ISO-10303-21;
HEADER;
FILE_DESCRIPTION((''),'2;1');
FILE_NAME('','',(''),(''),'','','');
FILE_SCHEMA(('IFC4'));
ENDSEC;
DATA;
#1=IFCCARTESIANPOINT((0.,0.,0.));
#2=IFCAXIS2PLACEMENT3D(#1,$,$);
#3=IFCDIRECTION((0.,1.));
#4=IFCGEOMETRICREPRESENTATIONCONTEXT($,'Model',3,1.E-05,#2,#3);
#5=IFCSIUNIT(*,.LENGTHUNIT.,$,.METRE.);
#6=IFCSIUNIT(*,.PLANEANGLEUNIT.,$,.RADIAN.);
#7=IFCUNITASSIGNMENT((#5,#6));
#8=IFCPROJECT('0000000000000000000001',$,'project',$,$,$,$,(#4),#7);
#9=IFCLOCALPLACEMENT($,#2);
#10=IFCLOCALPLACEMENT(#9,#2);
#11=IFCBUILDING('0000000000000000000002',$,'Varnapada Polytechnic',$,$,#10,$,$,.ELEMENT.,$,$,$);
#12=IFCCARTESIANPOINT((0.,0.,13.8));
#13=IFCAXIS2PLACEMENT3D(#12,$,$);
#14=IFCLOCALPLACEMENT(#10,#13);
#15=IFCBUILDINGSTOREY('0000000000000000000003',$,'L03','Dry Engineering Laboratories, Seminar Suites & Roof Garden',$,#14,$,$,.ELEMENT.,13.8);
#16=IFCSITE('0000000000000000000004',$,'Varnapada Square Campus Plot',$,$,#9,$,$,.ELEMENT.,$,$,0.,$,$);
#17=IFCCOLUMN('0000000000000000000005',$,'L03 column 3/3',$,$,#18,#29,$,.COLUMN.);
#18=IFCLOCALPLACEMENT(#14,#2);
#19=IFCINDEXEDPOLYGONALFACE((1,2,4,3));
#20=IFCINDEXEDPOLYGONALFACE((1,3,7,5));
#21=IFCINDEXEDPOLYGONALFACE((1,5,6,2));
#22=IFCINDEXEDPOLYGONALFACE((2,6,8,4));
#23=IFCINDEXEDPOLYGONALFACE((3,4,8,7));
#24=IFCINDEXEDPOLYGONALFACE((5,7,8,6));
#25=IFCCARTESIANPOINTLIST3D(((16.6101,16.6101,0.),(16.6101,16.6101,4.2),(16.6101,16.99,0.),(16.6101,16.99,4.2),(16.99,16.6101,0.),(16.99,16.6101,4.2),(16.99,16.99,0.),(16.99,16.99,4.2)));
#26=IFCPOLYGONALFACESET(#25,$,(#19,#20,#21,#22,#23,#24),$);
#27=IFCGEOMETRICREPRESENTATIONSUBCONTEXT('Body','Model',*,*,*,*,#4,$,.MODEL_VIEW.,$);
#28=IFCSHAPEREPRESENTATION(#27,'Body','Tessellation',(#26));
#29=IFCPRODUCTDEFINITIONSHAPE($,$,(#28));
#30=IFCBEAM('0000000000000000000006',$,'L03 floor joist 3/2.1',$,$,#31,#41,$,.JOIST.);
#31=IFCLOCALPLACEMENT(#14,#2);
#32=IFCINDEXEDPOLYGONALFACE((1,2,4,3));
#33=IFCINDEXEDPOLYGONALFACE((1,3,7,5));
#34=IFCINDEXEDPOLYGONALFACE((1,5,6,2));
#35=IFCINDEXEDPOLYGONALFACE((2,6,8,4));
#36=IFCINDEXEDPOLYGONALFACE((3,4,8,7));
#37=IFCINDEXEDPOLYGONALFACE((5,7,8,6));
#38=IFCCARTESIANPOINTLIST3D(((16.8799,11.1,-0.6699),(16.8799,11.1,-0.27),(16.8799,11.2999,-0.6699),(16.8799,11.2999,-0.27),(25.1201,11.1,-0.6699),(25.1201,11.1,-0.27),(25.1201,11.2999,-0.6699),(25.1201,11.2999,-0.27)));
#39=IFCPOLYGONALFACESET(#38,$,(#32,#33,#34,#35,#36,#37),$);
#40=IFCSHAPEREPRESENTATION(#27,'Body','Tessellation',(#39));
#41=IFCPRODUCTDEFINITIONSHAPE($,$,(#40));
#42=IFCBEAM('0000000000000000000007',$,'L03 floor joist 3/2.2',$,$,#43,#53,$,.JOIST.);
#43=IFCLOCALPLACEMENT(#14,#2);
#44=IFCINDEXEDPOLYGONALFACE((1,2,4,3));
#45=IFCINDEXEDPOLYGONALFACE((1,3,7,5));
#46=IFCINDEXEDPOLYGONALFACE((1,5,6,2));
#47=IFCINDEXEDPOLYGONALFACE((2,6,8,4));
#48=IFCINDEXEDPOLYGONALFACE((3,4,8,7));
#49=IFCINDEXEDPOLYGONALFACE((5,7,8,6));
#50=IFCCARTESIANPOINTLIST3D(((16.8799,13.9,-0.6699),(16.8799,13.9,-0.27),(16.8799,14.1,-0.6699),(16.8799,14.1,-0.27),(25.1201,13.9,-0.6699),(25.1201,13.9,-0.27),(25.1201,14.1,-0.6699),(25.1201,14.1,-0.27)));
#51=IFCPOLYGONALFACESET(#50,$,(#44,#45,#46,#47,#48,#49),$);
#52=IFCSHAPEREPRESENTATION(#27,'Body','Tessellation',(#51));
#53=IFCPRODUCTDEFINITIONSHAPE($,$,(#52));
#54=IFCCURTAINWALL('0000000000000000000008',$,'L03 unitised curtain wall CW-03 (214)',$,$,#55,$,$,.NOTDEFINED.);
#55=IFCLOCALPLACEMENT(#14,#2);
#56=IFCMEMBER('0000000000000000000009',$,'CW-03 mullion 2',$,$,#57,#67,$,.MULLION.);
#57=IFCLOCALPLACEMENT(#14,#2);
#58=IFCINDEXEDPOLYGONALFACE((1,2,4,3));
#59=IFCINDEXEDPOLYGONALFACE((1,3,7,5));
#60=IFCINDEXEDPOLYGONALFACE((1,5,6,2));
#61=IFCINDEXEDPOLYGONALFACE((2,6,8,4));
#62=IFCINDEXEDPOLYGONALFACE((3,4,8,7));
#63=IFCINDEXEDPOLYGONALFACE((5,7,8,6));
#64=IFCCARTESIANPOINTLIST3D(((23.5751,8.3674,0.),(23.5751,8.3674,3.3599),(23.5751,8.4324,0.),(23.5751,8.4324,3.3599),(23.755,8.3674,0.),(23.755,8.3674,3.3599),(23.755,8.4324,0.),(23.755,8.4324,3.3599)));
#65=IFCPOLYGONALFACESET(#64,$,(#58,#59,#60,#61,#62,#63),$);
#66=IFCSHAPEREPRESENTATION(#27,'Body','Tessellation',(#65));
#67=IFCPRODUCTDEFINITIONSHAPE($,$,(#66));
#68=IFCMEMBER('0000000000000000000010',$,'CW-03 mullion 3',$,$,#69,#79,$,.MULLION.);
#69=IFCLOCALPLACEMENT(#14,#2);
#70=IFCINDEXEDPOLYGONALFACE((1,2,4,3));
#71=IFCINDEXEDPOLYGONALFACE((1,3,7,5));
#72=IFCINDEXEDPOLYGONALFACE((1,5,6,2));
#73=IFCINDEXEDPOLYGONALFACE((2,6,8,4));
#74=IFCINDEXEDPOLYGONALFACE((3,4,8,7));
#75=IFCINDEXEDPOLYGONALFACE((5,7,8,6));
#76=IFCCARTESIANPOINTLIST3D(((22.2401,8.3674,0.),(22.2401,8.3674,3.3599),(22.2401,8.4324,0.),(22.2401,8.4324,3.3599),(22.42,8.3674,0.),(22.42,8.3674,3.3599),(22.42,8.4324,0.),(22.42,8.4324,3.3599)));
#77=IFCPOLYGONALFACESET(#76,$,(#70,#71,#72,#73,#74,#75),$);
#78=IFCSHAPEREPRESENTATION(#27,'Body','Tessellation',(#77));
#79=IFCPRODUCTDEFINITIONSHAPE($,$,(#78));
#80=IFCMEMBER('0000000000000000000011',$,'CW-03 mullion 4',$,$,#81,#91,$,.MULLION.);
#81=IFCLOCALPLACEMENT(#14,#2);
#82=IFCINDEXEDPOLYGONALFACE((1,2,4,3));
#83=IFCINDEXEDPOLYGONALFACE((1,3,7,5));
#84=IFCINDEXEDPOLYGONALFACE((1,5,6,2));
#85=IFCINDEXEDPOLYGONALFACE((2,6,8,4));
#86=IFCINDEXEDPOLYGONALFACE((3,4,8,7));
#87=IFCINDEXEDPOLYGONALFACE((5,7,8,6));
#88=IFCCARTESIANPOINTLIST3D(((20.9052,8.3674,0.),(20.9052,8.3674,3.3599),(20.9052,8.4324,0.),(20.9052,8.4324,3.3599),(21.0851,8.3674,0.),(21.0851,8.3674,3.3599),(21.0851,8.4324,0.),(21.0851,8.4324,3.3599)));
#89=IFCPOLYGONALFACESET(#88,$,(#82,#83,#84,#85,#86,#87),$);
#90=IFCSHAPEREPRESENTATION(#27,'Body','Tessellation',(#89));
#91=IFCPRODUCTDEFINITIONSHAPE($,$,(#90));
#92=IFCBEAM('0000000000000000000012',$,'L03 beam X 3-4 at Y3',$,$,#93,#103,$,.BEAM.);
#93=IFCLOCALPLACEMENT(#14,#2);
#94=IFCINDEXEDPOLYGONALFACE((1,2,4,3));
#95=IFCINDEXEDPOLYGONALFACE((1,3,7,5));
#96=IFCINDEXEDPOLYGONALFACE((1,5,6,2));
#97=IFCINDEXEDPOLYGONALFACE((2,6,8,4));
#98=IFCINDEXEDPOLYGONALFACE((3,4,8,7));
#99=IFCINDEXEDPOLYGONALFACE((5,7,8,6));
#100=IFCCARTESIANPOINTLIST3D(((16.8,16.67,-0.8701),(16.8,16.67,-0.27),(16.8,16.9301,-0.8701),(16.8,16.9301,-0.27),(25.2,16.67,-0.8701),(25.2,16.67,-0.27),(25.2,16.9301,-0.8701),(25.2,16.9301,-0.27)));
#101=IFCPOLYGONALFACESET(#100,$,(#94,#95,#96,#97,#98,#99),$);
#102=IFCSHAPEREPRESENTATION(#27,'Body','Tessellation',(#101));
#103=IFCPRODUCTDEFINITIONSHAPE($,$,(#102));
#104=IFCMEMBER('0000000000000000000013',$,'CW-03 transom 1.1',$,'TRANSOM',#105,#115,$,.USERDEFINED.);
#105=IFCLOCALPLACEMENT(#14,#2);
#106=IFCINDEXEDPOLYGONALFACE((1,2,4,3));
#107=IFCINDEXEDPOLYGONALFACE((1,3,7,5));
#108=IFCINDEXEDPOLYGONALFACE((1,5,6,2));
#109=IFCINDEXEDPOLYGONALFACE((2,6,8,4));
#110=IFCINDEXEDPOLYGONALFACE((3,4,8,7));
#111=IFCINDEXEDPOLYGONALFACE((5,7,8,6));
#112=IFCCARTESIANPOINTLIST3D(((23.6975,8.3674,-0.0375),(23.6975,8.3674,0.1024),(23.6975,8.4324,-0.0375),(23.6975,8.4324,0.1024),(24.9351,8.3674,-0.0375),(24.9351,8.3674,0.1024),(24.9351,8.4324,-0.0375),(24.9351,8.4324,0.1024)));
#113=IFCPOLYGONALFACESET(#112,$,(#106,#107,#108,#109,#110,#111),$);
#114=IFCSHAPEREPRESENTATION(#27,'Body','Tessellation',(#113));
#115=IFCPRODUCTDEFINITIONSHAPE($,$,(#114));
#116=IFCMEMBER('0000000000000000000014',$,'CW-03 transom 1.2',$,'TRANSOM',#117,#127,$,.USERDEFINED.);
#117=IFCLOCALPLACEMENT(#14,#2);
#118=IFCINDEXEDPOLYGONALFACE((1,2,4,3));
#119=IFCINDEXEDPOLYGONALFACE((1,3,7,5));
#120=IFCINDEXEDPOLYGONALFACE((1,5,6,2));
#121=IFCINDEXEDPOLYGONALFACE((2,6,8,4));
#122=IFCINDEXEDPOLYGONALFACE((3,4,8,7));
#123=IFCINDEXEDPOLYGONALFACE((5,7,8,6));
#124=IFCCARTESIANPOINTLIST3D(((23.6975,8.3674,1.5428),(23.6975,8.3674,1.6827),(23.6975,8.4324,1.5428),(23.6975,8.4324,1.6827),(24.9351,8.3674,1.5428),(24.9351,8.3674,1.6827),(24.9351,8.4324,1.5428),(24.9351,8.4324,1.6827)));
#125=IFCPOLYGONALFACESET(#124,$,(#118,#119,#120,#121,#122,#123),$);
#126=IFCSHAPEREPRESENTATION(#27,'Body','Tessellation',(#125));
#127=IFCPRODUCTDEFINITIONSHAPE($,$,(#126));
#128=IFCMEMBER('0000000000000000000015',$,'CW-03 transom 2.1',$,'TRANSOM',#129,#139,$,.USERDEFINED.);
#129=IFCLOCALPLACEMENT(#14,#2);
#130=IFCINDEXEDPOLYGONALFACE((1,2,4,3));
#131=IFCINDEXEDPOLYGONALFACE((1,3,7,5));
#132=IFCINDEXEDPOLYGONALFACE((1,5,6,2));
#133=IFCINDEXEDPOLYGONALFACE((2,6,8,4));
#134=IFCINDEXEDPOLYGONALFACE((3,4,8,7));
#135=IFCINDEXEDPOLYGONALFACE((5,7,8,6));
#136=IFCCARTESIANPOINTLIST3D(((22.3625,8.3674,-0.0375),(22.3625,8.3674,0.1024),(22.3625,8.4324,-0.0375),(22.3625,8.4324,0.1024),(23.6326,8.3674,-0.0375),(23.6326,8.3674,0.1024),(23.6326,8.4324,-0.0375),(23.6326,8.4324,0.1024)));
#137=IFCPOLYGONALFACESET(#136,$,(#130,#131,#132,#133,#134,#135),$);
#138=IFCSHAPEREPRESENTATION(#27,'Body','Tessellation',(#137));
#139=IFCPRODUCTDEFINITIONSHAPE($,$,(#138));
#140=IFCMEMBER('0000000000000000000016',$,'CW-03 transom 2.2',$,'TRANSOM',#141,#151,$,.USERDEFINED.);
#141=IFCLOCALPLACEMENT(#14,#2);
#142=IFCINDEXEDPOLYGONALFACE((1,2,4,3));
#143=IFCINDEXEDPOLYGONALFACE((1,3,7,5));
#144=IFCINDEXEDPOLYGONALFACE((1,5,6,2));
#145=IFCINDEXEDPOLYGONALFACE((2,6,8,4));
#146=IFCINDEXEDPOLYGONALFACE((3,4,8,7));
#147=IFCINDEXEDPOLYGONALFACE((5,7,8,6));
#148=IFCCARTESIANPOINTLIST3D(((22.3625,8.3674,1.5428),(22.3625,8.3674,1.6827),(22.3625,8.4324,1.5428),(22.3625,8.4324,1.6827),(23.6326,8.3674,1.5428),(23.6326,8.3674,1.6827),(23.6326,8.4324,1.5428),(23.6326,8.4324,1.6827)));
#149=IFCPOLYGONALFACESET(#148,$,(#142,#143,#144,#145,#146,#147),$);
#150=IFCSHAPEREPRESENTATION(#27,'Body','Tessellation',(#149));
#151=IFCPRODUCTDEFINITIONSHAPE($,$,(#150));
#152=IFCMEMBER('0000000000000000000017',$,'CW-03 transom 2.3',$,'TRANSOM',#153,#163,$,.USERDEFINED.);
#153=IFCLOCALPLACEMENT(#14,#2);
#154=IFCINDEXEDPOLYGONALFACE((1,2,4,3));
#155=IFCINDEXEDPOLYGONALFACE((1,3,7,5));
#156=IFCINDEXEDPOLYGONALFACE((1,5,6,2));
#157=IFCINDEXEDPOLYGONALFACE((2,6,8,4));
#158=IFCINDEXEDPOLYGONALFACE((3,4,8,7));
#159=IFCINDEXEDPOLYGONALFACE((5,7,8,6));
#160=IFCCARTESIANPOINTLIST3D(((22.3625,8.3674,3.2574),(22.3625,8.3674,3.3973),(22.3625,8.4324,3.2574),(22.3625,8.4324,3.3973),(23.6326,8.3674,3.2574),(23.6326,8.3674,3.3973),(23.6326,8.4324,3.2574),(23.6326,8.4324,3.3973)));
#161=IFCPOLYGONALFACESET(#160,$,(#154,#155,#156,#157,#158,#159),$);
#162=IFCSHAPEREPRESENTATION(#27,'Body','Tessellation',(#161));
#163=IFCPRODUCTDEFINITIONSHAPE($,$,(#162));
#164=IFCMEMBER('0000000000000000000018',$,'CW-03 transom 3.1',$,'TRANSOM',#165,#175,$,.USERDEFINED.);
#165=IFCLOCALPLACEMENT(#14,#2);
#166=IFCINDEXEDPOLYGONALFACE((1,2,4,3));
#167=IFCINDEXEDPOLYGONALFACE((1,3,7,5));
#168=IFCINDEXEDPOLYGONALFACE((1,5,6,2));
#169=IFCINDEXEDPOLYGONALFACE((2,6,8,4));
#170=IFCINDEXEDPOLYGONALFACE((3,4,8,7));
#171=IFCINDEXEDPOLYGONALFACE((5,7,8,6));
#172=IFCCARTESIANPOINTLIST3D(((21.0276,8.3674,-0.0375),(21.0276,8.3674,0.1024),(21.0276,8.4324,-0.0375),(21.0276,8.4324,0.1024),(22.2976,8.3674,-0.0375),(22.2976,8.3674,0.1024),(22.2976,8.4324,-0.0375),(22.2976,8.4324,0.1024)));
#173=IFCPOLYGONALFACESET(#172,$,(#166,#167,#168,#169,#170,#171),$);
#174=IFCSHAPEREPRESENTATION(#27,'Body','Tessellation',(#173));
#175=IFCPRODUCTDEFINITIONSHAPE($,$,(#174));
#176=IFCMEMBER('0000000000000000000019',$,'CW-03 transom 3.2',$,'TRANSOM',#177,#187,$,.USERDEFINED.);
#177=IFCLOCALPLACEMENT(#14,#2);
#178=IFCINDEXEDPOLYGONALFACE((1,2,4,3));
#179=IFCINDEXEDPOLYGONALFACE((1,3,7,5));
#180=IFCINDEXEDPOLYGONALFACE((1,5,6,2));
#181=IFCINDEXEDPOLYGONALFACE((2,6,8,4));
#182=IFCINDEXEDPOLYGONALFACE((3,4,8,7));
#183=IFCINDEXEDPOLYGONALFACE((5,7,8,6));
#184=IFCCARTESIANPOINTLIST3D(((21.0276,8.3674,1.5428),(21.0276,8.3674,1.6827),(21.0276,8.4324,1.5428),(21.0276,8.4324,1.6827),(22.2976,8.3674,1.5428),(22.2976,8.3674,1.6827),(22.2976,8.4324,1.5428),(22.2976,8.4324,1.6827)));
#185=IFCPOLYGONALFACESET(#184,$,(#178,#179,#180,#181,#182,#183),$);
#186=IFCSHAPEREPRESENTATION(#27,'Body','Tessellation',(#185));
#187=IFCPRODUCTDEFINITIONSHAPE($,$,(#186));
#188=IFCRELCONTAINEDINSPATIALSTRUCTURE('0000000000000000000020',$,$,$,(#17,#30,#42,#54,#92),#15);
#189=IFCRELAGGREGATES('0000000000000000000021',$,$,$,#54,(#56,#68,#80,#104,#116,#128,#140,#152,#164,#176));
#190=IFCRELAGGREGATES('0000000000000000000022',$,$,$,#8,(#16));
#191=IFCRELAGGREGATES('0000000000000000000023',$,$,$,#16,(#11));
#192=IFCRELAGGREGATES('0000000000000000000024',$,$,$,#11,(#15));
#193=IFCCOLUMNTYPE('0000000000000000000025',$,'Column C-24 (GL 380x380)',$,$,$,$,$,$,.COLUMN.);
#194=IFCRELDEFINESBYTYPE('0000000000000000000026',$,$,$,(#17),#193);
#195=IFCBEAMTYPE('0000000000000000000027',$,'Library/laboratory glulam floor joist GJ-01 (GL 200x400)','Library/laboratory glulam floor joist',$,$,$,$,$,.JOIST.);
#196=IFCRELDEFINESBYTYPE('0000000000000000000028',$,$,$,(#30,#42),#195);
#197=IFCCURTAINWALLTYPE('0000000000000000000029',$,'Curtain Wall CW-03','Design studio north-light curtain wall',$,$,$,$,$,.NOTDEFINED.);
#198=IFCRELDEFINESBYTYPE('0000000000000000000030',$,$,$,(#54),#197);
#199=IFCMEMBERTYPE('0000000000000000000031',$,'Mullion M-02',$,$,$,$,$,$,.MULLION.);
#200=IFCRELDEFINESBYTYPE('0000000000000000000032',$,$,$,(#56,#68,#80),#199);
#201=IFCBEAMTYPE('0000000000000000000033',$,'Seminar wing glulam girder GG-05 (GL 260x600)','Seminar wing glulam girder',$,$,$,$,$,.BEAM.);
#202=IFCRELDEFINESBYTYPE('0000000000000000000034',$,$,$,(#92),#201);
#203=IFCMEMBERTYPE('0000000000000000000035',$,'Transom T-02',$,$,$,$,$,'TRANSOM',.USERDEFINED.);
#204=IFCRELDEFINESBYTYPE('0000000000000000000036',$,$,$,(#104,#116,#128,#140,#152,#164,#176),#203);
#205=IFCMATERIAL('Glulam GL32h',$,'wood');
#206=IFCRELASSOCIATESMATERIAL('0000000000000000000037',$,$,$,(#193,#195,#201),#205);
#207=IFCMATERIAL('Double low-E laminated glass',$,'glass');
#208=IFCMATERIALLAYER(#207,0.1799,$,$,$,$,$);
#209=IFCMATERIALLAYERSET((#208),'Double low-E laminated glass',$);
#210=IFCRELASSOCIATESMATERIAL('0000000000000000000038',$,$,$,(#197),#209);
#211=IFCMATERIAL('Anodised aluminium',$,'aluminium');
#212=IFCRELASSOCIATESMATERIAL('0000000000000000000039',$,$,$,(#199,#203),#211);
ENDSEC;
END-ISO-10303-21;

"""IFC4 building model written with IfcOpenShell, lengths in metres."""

from ifc_helpers import new_model, si_unit, direction, frame, origin, origin_2d, place, context, subcontext, project, spatial, rectangle, extrude, material, layer, layer_set, material_profile, profile_set, type_object, element, aggregate, save


model = new_model("IFC4")

# Units and contexts
model_context = context("Model", 3, precision=1e-05, world=origin(), true_north=direction((0.0, 1.0)))
body_context = subcontext(model_context, "Body", "Model", "MODEL_VIEW")
ifc_project = project(units=[si_unit("LENGTHUNIT", "METRE"), si_unit("PLANEANGLEUNIT", "RADIAN")], contexts=[model_context])

# Site, building, storey
site_placement = place(None, origin())
site = spatial("IfcSite", under=ifc_project, at=site_placement, Name="Varnapada Square Campus Plot", CompositionType="ELEMENT", RefElevation=0.0)
building_placement = place(site_placement, origin())
building = spatial("IfcBuilding", under=site, at=building_placement, Name="Varnapada Polytechnic", CompositionType="ELEMENT")
storey_placement = place(building_placement, frame((0.0, 0.0, 13.8)))
storey = spatial("IfcBuildingStorey", under=building, at=storey_placement, Name="L03", Description="Dry Engineering Laboratories, Seminar Suites & Roof Garden", CompositionType="ELEMENT", Elevation=13.8)

# Column
ifc_material_1 = material(Name="Glulam GL32h", Category="wood")
ifc_material_profile_1 = material_profile(ifc_material_1, rectangle(XDim=0.3799, YDim=0.3799, at=origin_2d()), Name="GL 380x380")
ifc_profile_set_1 = profile_set([ifc_material_profile_1], Name="Glulam GL32h")
column_type = type_object("IfcColumnType", Name="Column C-24 (GL 380x380)", PredefinedType="COLUMN", material=ifc_profile_set_1)
column_placement = place(storey_placement, frame((16.8, 16.8, 0.0), z_axis=(0.0, 0.0, 1.0), x_axis=(1.0, 0.0, 0.0)))
element("IfcColumn", 1, at=column_placement, inside=storey, type_object=column_type, Name="L03 column 3/3", PredefinedType="COLUMN", context=body_context, shape_type="SweptSolid", body=[
    extrude(rectangle(XDim=0.3799, YDim=0.3799, at=origin_2d()), origin(), (0.0, 0.0, 1.0), 4.2),
])

# Beams
ifc_material_profile_2 = material_profile(ifc_material_1, rectangle(XDim=0.2, YDim=0.3999, at=origin_2d()), Name="GL 200x400")
ifc_profile_set_2 = profile_set([ifc_material_profile_2], Name="Glulam GL32h")
beam_type_1 = type_object("IfcBeamType", Name="Library/laboratory glulam floor joist GJ-01 (GL 200x400)", Description="Library/laboratory glulam floor joist", PredefinedType="JOIST", material=ifc_profile_set_2)
for number, where, z_axis, x_axis, name in (
    (2, (16.8799, 11.2, -0.47), (1.0, 0.0, 0.0), (0.0, 1.0, 0.0), "L03 floor joist 3/2.1"),
    (3, (16.8799, 14.0, -0.47), (1.0, 0.0, 0.0), (0.0, 1.0, 0.0), "L03 floor joist 3/2.2"),
):
    element("IfcBeam", number, at=place(storey_placement, frame(where, z_axis=z_axis, x_axis=x_axis)), inside=storey, type_object=beam_type_1, Name=name, PredefinedType="JOIST", context=body_context, shape_type="SweptSolid", body=[
        extrude(rectangle(XDim=0.2, YDim=0.3999, at=origin_2d()), origin(), (0.0, 0.0, 1.0), 8.2402),
    ])

# Curtain wall, members
ifc_material_2 = material(Name="Double low-E laminated glass", Category="glass")
ifc_layer_1 = layer(ifc_material_2, 0.1799)
ifc_layer_set_1 = layer_set([ifc_layer_1], Name="Double low-E laminated glass")
curtain_wall_type = type_object("IfcCurtainWallType", Name="Curtain Wall CW-03", Description="Design studio north-light curtain wall", PredefinedType="NOTDEFINED", material=ifc_layer_set_1)
curtain_wall_placement = place(storey_placement, origin())
curtain_wall = element("IfcCurtainWall", 4, at=curtain_wall_placement, inside=storey, type_object=curtain_wall_type, Name="L03 unitised curtain wall CW-03 (214)", PredefinedType="NOTDEFINED")
ifc_material_3 = material(Name="Anodised aluminium", Category="aluminium")
ifc_material_profile_3 = material_profile(ifc_material_3, rectangle(XDim=0.0649, YDim=0.1799, at=origin_2d()), Name="ALU M65x180")
ifc_profile_set_3 = profile_set([ifc_material_profile_3], Name="Anodised aluminium")
member_type_1 = type_object("IfcMemberType", Name="Mullion M-02", PredefinedType="MULLION", material=ifc_profile_set_3)
member_1_placement = place(storey_placement, frame((23.665, 8.3999, 0.0), z_axis=(0.0, 0.0, 1.0), x_axis=(0.0, -1.0, 0.0)))
member_1 = element("IfcMember", 5, at=member_1_placement, type_object=member_type_1, Name="CW-03 mullion 2", PredefinedType="MULLION", context=body_context, shape_type="SweptSolid", body=[
    extrude(rectangle(XDim=0.0649, YDim=0.1799, at=origin_2d()), origin(), (0.0, 0.0, 1.0), 3.3599),
])
member_2_placement = place(storey_placement, frame((22.3301, 8.3999, 0.0), z_axis=(0.0, 0.0, 1.0), x_axis=(0.0, -1.0, 0.0)))
member_2 = element("IfcMember", 6, at=member_2_placement, type_object=member_type_1, Name="CW-03 mullion 3", PredefinedType="MULLION", context=body_context, shape_type="SweptSolid", body=[
    extrude(rectangle(XDim=0.0649, YDim=0.1799, at=origin_2d()), origin(), (0.0, 0.0, 1.0), 3.3599),
])
member_3_placement = place(storey_placement, frame((20.9951, 8.3999, 0.0), z_axis=(0.0, 0.0, 1.0), x_axis=(0.0, -1.0, 0.0)))
member_3 = element("IfcMember", 7, at=member_3_placement, type_object=member_type_1, Name="CW-03 mullion 4", PredefinedType="MULLION", context=body_context, shape_type="SweptSolid", body=[
    extrude(rectangle(XDim=0.0649, YDim=0.1799, at=origin_2d()), origin(), (0.0, 0.0, 1.0), 3.3599),
])

# Beam
ifc_material_profile_4 = material_profile(ifc_material_1, rectangle(XDim=0.26, YDim=0.6001, at=origin_2d()), Name="GL 260x600")
ifc_profile_set_4 = profile_set([ifc_material_profile_4], Name="Glulam GL32h")
beam_type_2 = type_object("IfcBeamType", Name="Seminar wing glulam girder GG-05 (GL 260x600)", Description="Seminar wing glulam girder", PredefinedType="BEAM", material=ifc_profile_set_4)
beam_1_placement = place(storey_placement, frame((16.8, 16.8, -0.5701), z_axis=(1.0, 0.0, 0.0), x_axis=(0.0, 1.0, 0.0)))
element("IfcBeam", 8, at=beam_1_placement, inside=storey, type_object=beam_type_2, Name="L03 beam X 3-4 at Y3", PredefinedType="BEAM", context=body_context, shape_type="SweptSolid", body=[
    extrude(rectangle(XDim=0.26, YDim=0.6001, at=origin_2d()), origin(), (0.0, 0.0, 1.0), 8.3999),
])

# Members
ifc_material_profile_5 = material_profile(ifc_material_3, rectangle(XDim=0.0649, YDim=0.1399, at=origin_2d()), Name="ALU T65x140")
ifc_profile_set_5 = profile_set([ifc_material_profile_5], Name="Anodised aluminium")
member_type_2 = type_object("IfcMemberType", Name="Transom T-02", ElementType="TRANSOM", PredefinedType="USERDEFINED", material=ifc_profile_set_5)
member_4_placement = place(storey_placement, frame((24.9351, 8.3999, 0.0325), z_axis=(-1.0, 0.0, 0.0), x_axis=(0.0, -1.0, 0.0)))
member_4 = element("IfcMember", 9, at=member_4_placement, type_object=member_type_2, Name="CW-03 transom 1.1", ObjectType="TRANSOM", PredefinedType="USERDEFINED", context=body_context, shape_type="SweptSolid", body=[
    extrude(rectangle(XDim=0.0649, YDim=0.1399, at=origin_2d()), origin(), (0.0, 0.0, 1.0), 1.2375),
])
member_5_placement = place(storey_placement, frame((24.9351, 8.3999, 1.6128), z_axis=(-1.0, 0.0, 0.0), x_axis=(0.0, -1.0, 0.0)))
member_5 = element("IfcMember", 10, at=member_5_placement, type_object=member_type_2, Name="CW-03 transom 1.2", ObjectType="TRANSOM", PredefinedType="USERDEFINED", context=body_context, shape_type="SweptSolid", body=[
    extrude(rectangle(XDim=0.0649, YDim=0.1399, at=origin_2d()), origin(), (0.0, 0.0, 1.0), 1.2375),
])
member_6_placement = place(storey_placement, frame((23.6326, 8.3999, 0.0325), z_axis=(-1.0, 0.0, 0.0), x_axis=(0.0, -1.0, 0.0)))
member_6 = element("IfcMember", 11, at=member_6_placement, type_object=member_type_2, Name="CW-03 transom 2.1", ObjectType="TRANSOM", PredefinedType="USERDEFINED", context=body_context, shape_type="SweptSolid", body=[
    extrude(rectangle(XDim=0.0649, YDim=0.1399, at=origin_2d()), origin(), (0.0, 0.0, 1.0), 1.27),
])
member_7_placement = place(storey_placement, frame((23.6326, 8.3999, 1.6128), z_axis=(-1.0, 0.0, 0.0), x_axis=(0.0, -1.0, 0.0)))
member_7 = element("IfcMember", 12, at=member_7_placement, type_object=member_type_2, Name="CW-03 transom 2.2", ObjectType="TRANSOM", PredefinedType="USERDEFINED", context=body_context, shape_type="SweptSolid", body=[
    extrude(rectangle(XDim=0.0649, YDim=0.1399, at=origin_2d()), origin(), (0.0, 0.0, 1.0), 1.27),
])
member_8_placement = place(storey_placement, frame((23.6326, 8.3999, 3.3274), z_axis=(-1.0, 0.0, 0.0), x_axis=(0.0, -1.0, 0.0)))
member_8 = element("IfcMember", 13, at=member_8_placement, type_object=member_type_2, Name="CW-03 transom 2.3", ObjectType="TRANSOM", PredefinedType="USERDEFINED", context=body_context, shape_type="SweptSolid", body=[
    extrude(rectangle(XDim=0.0649, YDim=0.1399, at=origin_2d()), origin(), (0.0, 0.0, 1.0), 1.27),
])
member_9_placement = place(storey_placement, frame((22.2976, 8.3999, 0.0325), z_axis=(-1.0, 0.0, 0.0), x_axis=(0.0, -1.0, 0.0)))
member_9 = element("IfcMember", 14, at=member_9_placement, type_object=member_type_2, Name="CW-03 transom 3.1", ObjectType="TRANSOM", PredefinedType="USERDEFINED", context=body_context, shape_type="SweptSolid", body=[
    extrude(rectangle(XDim=0.0649, YDim=0.1399, at=origin_2d()), origin(), (0.0, 0.0, 1.0), 1.27),
])
member_10_placement = place(storey_placement, frame((22.2976, 8.3999, 1.6128), z_axis=(-1.0, 0.0, 0.0), x_axis=(0.0, -1.0, 0.0)))
member_10 = element("IfcMember", 15, at=member_10_placement, type_object=member_type_2, Name="CW-03 transom 3.2", ObjectType="TRANSOM", PredefinedType="USERDEFINED", context=body_context, shape_type="SweptSolid", body=[
    extrude(rectangle(XDim=0.0649, YDim=0.1399, at=origin_2d()), origin(), (0.0, 0.0, 1.0), 1.27),
])

aggregate(curtain_wall, [member_1, member_2, member_3, member_4, member_5, member_6, member_7, member_8, member_9, member_10])

save(model, "model.ifc")
